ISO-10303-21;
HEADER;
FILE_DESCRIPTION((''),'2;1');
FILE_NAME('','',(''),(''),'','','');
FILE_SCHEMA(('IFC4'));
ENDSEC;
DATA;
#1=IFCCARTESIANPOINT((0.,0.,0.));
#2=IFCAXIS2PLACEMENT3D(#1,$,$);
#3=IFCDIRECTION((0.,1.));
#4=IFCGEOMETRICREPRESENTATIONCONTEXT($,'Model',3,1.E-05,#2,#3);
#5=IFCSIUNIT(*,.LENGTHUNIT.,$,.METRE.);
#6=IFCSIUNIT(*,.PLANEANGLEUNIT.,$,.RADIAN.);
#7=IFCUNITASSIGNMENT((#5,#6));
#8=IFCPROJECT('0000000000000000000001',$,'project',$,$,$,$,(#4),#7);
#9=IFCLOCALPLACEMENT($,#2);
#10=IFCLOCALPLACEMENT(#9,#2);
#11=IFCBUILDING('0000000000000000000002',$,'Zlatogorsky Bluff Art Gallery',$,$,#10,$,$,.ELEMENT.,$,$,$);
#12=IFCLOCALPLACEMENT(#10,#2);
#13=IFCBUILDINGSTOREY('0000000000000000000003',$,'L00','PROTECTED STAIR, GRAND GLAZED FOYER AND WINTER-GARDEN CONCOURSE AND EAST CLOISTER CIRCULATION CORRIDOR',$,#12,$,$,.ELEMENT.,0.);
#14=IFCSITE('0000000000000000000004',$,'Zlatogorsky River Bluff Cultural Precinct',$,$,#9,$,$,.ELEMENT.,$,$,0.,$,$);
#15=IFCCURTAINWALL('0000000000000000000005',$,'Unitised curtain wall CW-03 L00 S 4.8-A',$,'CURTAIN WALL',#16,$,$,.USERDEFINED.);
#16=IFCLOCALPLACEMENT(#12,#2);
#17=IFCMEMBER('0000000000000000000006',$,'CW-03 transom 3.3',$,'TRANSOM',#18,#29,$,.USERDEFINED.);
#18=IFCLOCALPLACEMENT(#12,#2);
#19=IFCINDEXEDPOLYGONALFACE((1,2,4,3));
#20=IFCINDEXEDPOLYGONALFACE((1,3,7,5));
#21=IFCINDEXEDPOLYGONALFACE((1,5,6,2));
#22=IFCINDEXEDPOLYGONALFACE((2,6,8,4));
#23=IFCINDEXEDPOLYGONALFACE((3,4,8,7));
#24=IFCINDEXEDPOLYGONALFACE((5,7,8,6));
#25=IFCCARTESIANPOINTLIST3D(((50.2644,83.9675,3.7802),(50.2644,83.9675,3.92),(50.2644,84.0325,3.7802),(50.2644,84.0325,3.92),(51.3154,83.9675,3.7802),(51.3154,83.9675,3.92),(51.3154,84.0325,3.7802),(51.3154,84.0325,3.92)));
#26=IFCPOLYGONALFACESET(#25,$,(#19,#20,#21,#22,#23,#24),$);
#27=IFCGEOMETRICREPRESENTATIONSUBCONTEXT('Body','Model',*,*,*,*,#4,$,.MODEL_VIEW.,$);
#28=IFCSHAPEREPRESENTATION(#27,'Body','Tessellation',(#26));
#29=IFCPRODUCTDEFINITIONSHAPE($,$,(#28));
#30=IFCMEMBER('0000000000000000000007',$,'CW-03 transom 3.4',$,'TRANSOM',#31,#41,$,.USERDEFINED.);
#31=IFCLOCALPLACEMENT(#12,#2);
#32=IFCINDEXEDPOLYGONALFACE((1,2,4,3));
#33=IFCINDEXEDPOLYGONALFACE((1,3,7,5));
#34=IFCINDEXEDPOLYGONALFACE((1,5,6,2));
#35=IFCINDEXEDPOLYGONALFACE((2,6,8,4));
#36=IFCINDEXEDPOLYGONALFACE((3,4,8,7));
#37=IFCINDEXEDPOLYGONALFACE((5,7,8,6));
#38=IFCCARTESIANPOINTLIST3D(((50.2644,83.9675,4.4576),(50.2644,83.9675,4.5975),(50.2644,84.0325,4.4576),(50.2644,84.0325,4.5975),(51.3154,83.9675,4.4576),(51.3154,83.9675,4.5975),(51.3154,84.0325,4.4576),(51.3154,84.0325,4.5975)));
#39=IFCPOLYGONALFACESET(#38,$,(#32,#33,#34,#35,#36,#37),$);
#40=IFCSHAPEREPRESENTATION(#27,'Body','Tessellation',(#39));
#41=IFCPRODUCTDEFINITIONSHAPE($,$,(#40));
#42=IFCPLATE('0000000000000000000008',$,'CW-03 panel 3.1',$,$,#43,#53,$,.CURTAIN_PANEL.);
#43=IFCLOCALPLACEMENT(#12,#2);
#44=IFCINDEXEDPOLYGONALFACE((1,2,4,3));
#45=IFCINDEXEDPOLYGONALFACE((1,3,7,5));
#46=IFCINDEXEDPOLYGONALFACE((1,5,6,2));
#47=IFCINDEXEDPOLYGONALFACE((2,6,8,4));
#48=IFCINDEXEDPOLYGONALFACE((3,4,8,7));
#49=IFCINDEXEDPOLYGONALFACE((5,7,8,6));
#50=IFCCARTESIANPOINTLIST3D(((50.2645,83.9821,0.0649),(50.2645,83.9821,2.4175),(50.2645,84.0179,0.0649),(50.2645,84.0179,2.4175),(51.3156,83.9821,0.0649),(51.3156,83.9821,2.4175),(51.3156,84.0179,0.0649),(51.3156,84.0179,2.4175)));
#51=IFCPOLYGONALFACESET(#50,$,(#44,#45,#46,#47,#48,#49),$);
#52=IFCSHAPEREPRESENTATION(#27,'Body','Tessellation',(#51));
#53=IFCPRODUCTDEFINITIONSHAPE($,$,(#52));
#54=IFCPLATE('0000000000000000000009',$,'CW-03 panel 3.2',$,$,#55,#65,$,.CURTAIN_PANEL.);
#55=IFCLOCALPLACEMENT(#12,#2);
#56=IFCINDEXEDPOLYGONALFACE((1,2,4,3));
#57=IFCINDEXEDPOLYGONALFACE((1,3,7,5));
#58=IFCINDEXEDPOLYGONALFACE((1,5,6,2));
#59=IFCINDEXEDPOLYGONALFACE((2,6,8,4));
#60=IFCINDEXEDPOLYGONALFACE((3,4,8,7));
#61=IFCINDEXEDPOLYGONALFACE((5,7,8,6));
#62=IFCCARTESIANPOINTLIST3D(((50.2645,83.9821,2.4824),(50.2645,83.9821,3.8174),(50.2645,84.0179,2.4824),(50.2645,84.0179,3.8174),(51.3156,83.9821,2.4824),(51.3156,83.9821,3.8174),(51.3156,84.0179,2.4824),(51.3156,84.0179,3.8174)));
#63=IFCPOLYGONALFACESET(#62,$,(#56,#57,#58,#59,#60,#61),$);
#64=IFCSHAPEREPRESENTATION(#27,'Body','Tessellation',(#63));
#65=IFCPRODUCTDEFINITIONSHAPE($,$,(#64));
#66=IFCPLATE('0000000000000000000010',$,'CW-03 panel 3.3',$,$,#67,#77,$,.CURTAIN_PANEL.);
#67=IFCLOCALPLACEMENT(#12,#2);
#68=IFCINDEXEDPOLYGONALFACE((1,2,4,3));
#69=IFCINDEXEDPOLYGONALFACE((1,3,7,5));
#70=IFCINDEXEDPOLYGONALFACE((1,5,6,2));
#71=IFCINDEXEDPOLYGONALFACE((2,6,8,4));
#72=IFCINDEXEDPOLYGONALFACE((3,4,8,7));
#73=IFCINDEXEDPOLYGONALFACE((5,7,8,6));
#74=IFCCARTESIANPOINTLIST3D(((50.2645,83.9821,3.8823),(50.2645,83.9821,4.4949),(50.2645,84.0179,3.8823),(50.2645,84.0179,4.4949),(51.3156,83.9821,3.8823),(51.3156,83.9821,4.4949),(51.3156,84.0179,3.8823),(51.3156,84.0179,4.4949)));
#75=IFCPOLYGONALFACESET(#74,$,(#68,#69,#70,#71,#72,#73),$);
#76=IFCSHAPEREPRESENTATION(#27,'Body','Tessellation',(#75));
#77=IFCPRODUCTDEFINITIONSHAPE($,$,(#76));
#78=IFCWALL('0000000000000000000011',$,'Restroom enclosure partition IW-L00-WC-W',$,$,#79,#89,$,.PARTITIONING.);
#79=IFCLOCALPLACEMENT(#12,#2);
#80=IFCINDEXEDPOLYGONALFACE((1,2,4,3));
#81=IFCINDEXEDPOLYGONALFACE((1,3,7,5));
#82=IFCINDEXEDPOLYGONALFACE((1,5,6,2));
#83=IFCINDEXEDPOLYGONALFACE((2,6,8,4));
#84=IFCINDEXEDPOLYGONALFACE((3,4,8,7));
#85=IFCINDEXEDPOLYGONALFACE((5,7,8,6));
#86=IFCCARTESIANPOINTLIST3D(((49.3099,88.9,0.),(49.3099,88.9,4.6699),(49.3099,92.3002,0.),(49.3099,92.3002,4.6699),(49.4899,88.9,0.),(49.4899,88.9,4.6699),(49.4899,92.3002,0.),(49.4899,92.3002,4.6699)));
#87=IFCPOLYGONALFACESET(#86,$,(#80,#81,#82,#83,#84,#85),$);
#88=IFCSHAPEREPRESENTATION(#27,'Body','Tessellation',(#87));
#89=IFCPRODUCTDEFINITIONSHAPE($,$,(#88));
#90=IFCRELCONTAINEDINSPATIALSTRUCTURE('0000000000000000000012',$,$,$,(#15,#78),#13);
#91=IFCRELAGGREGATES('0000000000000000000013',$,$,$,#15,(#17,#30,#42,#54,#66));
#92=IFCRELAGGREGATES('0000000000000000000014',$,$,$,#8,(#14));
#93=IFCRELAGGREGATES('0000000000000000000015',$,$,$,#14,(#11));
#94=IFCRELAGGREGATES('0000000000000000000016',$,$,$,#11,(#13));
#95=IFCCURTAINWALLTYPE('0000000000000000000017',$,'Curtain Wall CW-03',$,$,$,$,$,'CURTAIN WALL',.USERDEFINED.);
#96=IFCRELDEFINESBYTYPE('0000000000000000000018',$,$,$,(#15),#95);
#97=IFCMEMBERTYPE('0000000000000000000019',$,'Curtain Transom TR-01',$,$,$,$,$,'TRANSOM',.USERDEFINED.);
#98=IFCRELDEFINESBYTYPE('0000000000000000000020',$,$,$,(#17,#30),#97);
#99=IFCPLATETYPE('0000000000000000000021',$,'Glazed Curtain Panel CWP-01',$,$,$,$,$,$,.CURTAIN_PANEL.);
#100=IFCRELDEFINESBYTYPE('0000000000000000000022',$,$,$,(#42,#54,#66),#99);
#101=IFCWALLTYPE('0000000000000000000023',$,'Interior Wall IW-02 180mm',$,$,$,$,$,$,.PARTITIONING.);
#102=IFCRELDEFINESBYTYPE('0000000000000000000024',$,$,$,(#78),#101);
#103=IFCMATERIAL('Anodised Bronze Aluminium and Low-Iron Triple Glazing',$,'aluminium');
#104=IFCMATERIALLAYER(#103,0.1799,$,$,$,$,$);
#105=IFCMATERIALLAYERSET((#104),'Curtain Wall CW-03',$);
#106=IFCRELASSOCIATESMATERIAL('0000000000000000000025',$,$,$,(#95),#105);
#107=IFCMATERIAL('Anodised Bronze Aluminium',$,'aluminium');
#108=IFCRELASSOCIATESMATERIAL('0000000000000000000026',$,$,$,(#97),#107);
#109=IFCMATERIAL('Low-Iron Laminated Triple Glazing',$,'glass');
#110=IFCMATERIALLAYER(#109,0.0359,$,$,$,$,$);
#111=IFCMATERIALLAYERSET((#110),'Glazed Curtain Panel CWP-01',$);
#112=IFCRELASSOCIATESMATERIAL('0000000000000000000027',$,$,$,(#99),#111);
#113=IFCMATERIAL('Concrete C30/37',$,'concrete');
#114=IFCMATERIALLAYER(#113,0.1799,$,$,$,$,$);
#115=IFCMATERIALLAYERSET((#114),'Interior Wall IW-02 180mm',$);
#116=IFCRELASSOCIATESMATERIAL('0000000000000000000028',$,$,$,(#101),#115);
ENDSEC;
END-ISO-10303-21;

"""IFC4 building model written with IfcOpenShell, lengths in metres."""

from ifc_helpers import new_model, si_unit, direction, frame, frame_2d, origin, origin_2d, place, context, subcontext, project, spatial, rectangle, extrude, material, layer, layer_set, material_profile, profile_set, type_object, element, aggregate, save


model = new_model("IFC4")

# Units and contexts
model_context = context("Model", 3, precision=1e-05, world=origin(), true_north=direction((0.0, 1.0)))
body_context = subcontext(model_context, "Body", "Model", "MODEL_VIEW")
ifc_project = project(units=[si_unit("LENGTHUNIT", "METRE"), si_unit("PLANEANGLEUNIT", "RADIAN")], contexts=[model_context])

# Site, building, storey
site_placement = place(None, origin())
site = spatial("IfcSite", under=ifc_project, at=site_placement, Name="Zlatogorsky River Bluff Cultural Precinct", CompositionType="ELEMENT", RefElevation=0.0)
building_placement = place(site_placement, origin())
building = spatial("IfcBuilding", under=site, at=building_placement, Name="Zlatogorsky Bluff Art Gallery", CompositionType="ELEMENT")
storey_placement = place(building_placement, origin())
storey = spatial("IfcBuildingStorey", under=building, at=storey_placement, Name="L00", Description="PROTECTED STAIR, GRAND GLAZED FOYER AND WINTER-GARDEN CONCOURSE AND EAST CLOISTER CIRCULATION CORRIDOR", CompositionType="ELEMENT", Elevation=0.0)

# Curtain wall, members, plates
ifc_material_1 = material(Name="Anodised Bronze Aluminium and Low-Iron Triple Glazing", Category="aluminium")
ifc_layer_1 = layer(ifc_material_1, 0.1799)
ifc_layer_set_1 = layer_set([ifc_layer_1], Name="Curtain Wall CW-03")
curtain_wall_type = type_object("IfcCurtainWallType", Name="Curtain Wall CW-03", ElementType="CURTAIN WALL", PredefinedType="USERDEFINED", material=ifc_layer_set_1)
curtain_wall_placement = place(storey_placement, origin())
curtain_wall = element("IfcCurtainWall", 1, at=curtain_wall_placement, inside=storey, type_object=curtain_wall_type, Name="Unitised curtain wall CW-03 L00 S 4.8-A", ObjectType="CURTAIN WALL", PredefinedType="USERDEFINED")
ifc_material_2 = material(Name="Anodised Bronze Aluminium", Category="aluminium")
ifc_material_profile_1 = material_profile(ifc_material_2, rectangle(XDim=0.0649, YDim=0.1399, at=origin_2d()), Name="ALU TRANSOM 65x140")
ifc_profile_set_1 = profile_set([ifc_material_profile_1], Name="Anodised Bronze Aluminium")
member_type_1 = type_object("IfcMemberType", Name="Curtain Transom TR-01", ElementType="TRANSOM", PredefinedType="USERDEFINED", material=ifc_profile_set_1)
member_1_placement = place(storey_placement, frame((50.2644, 84.0, 3.8501), z_axis=(1.0, 0.0, 0.0), x_axis=(0.0, 1.0, 0.0)))
member_1 = element("IfcMember", 2, at=member_1_placement, type_object=member_type_1, Name="CW-03 transom 3.3", ObjectType="TRANSOM", PredefinedType="USERDEFINED", context=body_context, shape_type="SweptSolid", body=[
    extrude(rectangle(XDim=0.0649, YDim=0.1399, at=origin_2d()), origin(), (0.0, 0.0, 1.0), 1.051),
])
member_2_placement = place(storey_placement, frame((50.2644, 84.0, 4.5276), z_axis=(1.0, 0.0, 0.0), x_axis=(0.0, 1.0, 0.0)))
member_2 = element("IfcMember", 3, at=member_2_placement, type_object=member_type_1, Name="CW-03 transom 3.4", ObjectType="TRANSOM", PredefinedType="USERDEFINED", context=body_context, shape_type="SweptSolid", body=[
    extrude(rectangle(XDim=0.0649, YDim=0.1399, at=origin_2d()), origin(), (0.0, 0.0, 1.0), 1.051),
])
ifc_material_3 = material(Name="Low-Iron Laminated Triple Glazing", Category="glass")
ifc_layer_2 = layer(ifc_material_3, 0.0359)
ifc_layer_set_2 = layer_set([ifc_layer_2], Name="Glazed Curtain Panel CWP-01")
plate_type = type_object("IfcPlateType", Name="Glazed Curtain Panel CWP-01", PredefinedType="CURTAIN_PANEL", material=ifc_layer_set_2)
plate_1_placement = place(storey_placement, frame((50.79, 84.0, 0.0649), z_axis=(0.0, 0.0, 1.0), x_axis=(1.0, 0.0, 0.0)))
plate_1 = element("IfcPlate", 4, at=plate_1_placement, type_object=plate_type, Name="CW-03 panel 3.1", PredefinedType="CURTAIN_PANEL", context=body_context, shape_type="SweptSolid", body=[
    extrude(rectangle(XDim=1.051, YDim=0.0359, at=origin_2d()), origin(), (0.0, 0.0, 1.0), 2.3525),
])
plate_2_placement = place(storey_placement, frame((50.79, 84.0, 2.4824), z_axis=(0.0, 0.0, 1.0), x_axis=(1.0, 0.0, 0.0)))
plate_2 = element("IfcPlate", 5, at=plate_2_placement, type_object=plate_type, Name="CW-03 panel 3.2", PredefinedType="CURTAIN_PANEL", context=body_context, shape_type="SweptSolid", body=[
    extrude(rectangle(XDim=1.051, YDim=0.0359, at=origin_2d()), origin(), (0.0, 0.0, 1.0), 1.335),
])
plate_3_placement = place(storey_placement, frame((50.79, 84.0, 3.8823), z_axis=(0.0, 0.0, 1.0), x_axis=(1.0, 0.0, 0.0)))
plate_3 = element("IfcPlate", 6, at=plate_3_placement, type_object=plate_type, Name="CW-03 panel 3.3", PredefinedType="CURTAIN_PANEL", context=body_context, shape_type="SweptSolid", body=[
    extrude(rectangle(XDim=1.051, YDim=0.0359, at=origin_2d()), origin(), (0.0, 0.0, 1.0), 0.6125),
])
aggregate(curtain_wall, [member_1, member_2, plate_1, plate_2, plate_3])

# Shared definitions
ifc_material_4 = material(Name="Concrete C30/37", Category="concrete")
ifc_layer_3 = layer(ifc_material_4, 0.1799)
ifc_layer_set_3 = layer_set([ifc_layer_3], Name="Interior Wall IW-02 180mm")
wall_type = type_object("IfcWallType", Name="Interior Wall IW-02 180mm", PredefinedType="PARTITIONING", material=ifc_layer_set_3)

# Wall
wall_1_placement = place(storey_placement, frame((49.3999, 88.8999, 0.0), z_axis=(0.0, 0.0, 1.0), x_axis=(0.0, 1.0, 0.0)))
element("IfcWall", 7, at=wall_1_placement, inside=storey, type_object=wall_type, Name="Restroom enclosure partition IW-L00-WC-W", PredefinedType="PARTITIONING", context=body_context, shape_type="SweptSolid", body=[
    extrude(rectangle(XDim=3.4001, YDim=0.1799, at=frame_2d((1.7002, 0.0))), origin(), (0.0, 0.0, 1.0), 4.6699),
])

save(model, "model.ifc")
